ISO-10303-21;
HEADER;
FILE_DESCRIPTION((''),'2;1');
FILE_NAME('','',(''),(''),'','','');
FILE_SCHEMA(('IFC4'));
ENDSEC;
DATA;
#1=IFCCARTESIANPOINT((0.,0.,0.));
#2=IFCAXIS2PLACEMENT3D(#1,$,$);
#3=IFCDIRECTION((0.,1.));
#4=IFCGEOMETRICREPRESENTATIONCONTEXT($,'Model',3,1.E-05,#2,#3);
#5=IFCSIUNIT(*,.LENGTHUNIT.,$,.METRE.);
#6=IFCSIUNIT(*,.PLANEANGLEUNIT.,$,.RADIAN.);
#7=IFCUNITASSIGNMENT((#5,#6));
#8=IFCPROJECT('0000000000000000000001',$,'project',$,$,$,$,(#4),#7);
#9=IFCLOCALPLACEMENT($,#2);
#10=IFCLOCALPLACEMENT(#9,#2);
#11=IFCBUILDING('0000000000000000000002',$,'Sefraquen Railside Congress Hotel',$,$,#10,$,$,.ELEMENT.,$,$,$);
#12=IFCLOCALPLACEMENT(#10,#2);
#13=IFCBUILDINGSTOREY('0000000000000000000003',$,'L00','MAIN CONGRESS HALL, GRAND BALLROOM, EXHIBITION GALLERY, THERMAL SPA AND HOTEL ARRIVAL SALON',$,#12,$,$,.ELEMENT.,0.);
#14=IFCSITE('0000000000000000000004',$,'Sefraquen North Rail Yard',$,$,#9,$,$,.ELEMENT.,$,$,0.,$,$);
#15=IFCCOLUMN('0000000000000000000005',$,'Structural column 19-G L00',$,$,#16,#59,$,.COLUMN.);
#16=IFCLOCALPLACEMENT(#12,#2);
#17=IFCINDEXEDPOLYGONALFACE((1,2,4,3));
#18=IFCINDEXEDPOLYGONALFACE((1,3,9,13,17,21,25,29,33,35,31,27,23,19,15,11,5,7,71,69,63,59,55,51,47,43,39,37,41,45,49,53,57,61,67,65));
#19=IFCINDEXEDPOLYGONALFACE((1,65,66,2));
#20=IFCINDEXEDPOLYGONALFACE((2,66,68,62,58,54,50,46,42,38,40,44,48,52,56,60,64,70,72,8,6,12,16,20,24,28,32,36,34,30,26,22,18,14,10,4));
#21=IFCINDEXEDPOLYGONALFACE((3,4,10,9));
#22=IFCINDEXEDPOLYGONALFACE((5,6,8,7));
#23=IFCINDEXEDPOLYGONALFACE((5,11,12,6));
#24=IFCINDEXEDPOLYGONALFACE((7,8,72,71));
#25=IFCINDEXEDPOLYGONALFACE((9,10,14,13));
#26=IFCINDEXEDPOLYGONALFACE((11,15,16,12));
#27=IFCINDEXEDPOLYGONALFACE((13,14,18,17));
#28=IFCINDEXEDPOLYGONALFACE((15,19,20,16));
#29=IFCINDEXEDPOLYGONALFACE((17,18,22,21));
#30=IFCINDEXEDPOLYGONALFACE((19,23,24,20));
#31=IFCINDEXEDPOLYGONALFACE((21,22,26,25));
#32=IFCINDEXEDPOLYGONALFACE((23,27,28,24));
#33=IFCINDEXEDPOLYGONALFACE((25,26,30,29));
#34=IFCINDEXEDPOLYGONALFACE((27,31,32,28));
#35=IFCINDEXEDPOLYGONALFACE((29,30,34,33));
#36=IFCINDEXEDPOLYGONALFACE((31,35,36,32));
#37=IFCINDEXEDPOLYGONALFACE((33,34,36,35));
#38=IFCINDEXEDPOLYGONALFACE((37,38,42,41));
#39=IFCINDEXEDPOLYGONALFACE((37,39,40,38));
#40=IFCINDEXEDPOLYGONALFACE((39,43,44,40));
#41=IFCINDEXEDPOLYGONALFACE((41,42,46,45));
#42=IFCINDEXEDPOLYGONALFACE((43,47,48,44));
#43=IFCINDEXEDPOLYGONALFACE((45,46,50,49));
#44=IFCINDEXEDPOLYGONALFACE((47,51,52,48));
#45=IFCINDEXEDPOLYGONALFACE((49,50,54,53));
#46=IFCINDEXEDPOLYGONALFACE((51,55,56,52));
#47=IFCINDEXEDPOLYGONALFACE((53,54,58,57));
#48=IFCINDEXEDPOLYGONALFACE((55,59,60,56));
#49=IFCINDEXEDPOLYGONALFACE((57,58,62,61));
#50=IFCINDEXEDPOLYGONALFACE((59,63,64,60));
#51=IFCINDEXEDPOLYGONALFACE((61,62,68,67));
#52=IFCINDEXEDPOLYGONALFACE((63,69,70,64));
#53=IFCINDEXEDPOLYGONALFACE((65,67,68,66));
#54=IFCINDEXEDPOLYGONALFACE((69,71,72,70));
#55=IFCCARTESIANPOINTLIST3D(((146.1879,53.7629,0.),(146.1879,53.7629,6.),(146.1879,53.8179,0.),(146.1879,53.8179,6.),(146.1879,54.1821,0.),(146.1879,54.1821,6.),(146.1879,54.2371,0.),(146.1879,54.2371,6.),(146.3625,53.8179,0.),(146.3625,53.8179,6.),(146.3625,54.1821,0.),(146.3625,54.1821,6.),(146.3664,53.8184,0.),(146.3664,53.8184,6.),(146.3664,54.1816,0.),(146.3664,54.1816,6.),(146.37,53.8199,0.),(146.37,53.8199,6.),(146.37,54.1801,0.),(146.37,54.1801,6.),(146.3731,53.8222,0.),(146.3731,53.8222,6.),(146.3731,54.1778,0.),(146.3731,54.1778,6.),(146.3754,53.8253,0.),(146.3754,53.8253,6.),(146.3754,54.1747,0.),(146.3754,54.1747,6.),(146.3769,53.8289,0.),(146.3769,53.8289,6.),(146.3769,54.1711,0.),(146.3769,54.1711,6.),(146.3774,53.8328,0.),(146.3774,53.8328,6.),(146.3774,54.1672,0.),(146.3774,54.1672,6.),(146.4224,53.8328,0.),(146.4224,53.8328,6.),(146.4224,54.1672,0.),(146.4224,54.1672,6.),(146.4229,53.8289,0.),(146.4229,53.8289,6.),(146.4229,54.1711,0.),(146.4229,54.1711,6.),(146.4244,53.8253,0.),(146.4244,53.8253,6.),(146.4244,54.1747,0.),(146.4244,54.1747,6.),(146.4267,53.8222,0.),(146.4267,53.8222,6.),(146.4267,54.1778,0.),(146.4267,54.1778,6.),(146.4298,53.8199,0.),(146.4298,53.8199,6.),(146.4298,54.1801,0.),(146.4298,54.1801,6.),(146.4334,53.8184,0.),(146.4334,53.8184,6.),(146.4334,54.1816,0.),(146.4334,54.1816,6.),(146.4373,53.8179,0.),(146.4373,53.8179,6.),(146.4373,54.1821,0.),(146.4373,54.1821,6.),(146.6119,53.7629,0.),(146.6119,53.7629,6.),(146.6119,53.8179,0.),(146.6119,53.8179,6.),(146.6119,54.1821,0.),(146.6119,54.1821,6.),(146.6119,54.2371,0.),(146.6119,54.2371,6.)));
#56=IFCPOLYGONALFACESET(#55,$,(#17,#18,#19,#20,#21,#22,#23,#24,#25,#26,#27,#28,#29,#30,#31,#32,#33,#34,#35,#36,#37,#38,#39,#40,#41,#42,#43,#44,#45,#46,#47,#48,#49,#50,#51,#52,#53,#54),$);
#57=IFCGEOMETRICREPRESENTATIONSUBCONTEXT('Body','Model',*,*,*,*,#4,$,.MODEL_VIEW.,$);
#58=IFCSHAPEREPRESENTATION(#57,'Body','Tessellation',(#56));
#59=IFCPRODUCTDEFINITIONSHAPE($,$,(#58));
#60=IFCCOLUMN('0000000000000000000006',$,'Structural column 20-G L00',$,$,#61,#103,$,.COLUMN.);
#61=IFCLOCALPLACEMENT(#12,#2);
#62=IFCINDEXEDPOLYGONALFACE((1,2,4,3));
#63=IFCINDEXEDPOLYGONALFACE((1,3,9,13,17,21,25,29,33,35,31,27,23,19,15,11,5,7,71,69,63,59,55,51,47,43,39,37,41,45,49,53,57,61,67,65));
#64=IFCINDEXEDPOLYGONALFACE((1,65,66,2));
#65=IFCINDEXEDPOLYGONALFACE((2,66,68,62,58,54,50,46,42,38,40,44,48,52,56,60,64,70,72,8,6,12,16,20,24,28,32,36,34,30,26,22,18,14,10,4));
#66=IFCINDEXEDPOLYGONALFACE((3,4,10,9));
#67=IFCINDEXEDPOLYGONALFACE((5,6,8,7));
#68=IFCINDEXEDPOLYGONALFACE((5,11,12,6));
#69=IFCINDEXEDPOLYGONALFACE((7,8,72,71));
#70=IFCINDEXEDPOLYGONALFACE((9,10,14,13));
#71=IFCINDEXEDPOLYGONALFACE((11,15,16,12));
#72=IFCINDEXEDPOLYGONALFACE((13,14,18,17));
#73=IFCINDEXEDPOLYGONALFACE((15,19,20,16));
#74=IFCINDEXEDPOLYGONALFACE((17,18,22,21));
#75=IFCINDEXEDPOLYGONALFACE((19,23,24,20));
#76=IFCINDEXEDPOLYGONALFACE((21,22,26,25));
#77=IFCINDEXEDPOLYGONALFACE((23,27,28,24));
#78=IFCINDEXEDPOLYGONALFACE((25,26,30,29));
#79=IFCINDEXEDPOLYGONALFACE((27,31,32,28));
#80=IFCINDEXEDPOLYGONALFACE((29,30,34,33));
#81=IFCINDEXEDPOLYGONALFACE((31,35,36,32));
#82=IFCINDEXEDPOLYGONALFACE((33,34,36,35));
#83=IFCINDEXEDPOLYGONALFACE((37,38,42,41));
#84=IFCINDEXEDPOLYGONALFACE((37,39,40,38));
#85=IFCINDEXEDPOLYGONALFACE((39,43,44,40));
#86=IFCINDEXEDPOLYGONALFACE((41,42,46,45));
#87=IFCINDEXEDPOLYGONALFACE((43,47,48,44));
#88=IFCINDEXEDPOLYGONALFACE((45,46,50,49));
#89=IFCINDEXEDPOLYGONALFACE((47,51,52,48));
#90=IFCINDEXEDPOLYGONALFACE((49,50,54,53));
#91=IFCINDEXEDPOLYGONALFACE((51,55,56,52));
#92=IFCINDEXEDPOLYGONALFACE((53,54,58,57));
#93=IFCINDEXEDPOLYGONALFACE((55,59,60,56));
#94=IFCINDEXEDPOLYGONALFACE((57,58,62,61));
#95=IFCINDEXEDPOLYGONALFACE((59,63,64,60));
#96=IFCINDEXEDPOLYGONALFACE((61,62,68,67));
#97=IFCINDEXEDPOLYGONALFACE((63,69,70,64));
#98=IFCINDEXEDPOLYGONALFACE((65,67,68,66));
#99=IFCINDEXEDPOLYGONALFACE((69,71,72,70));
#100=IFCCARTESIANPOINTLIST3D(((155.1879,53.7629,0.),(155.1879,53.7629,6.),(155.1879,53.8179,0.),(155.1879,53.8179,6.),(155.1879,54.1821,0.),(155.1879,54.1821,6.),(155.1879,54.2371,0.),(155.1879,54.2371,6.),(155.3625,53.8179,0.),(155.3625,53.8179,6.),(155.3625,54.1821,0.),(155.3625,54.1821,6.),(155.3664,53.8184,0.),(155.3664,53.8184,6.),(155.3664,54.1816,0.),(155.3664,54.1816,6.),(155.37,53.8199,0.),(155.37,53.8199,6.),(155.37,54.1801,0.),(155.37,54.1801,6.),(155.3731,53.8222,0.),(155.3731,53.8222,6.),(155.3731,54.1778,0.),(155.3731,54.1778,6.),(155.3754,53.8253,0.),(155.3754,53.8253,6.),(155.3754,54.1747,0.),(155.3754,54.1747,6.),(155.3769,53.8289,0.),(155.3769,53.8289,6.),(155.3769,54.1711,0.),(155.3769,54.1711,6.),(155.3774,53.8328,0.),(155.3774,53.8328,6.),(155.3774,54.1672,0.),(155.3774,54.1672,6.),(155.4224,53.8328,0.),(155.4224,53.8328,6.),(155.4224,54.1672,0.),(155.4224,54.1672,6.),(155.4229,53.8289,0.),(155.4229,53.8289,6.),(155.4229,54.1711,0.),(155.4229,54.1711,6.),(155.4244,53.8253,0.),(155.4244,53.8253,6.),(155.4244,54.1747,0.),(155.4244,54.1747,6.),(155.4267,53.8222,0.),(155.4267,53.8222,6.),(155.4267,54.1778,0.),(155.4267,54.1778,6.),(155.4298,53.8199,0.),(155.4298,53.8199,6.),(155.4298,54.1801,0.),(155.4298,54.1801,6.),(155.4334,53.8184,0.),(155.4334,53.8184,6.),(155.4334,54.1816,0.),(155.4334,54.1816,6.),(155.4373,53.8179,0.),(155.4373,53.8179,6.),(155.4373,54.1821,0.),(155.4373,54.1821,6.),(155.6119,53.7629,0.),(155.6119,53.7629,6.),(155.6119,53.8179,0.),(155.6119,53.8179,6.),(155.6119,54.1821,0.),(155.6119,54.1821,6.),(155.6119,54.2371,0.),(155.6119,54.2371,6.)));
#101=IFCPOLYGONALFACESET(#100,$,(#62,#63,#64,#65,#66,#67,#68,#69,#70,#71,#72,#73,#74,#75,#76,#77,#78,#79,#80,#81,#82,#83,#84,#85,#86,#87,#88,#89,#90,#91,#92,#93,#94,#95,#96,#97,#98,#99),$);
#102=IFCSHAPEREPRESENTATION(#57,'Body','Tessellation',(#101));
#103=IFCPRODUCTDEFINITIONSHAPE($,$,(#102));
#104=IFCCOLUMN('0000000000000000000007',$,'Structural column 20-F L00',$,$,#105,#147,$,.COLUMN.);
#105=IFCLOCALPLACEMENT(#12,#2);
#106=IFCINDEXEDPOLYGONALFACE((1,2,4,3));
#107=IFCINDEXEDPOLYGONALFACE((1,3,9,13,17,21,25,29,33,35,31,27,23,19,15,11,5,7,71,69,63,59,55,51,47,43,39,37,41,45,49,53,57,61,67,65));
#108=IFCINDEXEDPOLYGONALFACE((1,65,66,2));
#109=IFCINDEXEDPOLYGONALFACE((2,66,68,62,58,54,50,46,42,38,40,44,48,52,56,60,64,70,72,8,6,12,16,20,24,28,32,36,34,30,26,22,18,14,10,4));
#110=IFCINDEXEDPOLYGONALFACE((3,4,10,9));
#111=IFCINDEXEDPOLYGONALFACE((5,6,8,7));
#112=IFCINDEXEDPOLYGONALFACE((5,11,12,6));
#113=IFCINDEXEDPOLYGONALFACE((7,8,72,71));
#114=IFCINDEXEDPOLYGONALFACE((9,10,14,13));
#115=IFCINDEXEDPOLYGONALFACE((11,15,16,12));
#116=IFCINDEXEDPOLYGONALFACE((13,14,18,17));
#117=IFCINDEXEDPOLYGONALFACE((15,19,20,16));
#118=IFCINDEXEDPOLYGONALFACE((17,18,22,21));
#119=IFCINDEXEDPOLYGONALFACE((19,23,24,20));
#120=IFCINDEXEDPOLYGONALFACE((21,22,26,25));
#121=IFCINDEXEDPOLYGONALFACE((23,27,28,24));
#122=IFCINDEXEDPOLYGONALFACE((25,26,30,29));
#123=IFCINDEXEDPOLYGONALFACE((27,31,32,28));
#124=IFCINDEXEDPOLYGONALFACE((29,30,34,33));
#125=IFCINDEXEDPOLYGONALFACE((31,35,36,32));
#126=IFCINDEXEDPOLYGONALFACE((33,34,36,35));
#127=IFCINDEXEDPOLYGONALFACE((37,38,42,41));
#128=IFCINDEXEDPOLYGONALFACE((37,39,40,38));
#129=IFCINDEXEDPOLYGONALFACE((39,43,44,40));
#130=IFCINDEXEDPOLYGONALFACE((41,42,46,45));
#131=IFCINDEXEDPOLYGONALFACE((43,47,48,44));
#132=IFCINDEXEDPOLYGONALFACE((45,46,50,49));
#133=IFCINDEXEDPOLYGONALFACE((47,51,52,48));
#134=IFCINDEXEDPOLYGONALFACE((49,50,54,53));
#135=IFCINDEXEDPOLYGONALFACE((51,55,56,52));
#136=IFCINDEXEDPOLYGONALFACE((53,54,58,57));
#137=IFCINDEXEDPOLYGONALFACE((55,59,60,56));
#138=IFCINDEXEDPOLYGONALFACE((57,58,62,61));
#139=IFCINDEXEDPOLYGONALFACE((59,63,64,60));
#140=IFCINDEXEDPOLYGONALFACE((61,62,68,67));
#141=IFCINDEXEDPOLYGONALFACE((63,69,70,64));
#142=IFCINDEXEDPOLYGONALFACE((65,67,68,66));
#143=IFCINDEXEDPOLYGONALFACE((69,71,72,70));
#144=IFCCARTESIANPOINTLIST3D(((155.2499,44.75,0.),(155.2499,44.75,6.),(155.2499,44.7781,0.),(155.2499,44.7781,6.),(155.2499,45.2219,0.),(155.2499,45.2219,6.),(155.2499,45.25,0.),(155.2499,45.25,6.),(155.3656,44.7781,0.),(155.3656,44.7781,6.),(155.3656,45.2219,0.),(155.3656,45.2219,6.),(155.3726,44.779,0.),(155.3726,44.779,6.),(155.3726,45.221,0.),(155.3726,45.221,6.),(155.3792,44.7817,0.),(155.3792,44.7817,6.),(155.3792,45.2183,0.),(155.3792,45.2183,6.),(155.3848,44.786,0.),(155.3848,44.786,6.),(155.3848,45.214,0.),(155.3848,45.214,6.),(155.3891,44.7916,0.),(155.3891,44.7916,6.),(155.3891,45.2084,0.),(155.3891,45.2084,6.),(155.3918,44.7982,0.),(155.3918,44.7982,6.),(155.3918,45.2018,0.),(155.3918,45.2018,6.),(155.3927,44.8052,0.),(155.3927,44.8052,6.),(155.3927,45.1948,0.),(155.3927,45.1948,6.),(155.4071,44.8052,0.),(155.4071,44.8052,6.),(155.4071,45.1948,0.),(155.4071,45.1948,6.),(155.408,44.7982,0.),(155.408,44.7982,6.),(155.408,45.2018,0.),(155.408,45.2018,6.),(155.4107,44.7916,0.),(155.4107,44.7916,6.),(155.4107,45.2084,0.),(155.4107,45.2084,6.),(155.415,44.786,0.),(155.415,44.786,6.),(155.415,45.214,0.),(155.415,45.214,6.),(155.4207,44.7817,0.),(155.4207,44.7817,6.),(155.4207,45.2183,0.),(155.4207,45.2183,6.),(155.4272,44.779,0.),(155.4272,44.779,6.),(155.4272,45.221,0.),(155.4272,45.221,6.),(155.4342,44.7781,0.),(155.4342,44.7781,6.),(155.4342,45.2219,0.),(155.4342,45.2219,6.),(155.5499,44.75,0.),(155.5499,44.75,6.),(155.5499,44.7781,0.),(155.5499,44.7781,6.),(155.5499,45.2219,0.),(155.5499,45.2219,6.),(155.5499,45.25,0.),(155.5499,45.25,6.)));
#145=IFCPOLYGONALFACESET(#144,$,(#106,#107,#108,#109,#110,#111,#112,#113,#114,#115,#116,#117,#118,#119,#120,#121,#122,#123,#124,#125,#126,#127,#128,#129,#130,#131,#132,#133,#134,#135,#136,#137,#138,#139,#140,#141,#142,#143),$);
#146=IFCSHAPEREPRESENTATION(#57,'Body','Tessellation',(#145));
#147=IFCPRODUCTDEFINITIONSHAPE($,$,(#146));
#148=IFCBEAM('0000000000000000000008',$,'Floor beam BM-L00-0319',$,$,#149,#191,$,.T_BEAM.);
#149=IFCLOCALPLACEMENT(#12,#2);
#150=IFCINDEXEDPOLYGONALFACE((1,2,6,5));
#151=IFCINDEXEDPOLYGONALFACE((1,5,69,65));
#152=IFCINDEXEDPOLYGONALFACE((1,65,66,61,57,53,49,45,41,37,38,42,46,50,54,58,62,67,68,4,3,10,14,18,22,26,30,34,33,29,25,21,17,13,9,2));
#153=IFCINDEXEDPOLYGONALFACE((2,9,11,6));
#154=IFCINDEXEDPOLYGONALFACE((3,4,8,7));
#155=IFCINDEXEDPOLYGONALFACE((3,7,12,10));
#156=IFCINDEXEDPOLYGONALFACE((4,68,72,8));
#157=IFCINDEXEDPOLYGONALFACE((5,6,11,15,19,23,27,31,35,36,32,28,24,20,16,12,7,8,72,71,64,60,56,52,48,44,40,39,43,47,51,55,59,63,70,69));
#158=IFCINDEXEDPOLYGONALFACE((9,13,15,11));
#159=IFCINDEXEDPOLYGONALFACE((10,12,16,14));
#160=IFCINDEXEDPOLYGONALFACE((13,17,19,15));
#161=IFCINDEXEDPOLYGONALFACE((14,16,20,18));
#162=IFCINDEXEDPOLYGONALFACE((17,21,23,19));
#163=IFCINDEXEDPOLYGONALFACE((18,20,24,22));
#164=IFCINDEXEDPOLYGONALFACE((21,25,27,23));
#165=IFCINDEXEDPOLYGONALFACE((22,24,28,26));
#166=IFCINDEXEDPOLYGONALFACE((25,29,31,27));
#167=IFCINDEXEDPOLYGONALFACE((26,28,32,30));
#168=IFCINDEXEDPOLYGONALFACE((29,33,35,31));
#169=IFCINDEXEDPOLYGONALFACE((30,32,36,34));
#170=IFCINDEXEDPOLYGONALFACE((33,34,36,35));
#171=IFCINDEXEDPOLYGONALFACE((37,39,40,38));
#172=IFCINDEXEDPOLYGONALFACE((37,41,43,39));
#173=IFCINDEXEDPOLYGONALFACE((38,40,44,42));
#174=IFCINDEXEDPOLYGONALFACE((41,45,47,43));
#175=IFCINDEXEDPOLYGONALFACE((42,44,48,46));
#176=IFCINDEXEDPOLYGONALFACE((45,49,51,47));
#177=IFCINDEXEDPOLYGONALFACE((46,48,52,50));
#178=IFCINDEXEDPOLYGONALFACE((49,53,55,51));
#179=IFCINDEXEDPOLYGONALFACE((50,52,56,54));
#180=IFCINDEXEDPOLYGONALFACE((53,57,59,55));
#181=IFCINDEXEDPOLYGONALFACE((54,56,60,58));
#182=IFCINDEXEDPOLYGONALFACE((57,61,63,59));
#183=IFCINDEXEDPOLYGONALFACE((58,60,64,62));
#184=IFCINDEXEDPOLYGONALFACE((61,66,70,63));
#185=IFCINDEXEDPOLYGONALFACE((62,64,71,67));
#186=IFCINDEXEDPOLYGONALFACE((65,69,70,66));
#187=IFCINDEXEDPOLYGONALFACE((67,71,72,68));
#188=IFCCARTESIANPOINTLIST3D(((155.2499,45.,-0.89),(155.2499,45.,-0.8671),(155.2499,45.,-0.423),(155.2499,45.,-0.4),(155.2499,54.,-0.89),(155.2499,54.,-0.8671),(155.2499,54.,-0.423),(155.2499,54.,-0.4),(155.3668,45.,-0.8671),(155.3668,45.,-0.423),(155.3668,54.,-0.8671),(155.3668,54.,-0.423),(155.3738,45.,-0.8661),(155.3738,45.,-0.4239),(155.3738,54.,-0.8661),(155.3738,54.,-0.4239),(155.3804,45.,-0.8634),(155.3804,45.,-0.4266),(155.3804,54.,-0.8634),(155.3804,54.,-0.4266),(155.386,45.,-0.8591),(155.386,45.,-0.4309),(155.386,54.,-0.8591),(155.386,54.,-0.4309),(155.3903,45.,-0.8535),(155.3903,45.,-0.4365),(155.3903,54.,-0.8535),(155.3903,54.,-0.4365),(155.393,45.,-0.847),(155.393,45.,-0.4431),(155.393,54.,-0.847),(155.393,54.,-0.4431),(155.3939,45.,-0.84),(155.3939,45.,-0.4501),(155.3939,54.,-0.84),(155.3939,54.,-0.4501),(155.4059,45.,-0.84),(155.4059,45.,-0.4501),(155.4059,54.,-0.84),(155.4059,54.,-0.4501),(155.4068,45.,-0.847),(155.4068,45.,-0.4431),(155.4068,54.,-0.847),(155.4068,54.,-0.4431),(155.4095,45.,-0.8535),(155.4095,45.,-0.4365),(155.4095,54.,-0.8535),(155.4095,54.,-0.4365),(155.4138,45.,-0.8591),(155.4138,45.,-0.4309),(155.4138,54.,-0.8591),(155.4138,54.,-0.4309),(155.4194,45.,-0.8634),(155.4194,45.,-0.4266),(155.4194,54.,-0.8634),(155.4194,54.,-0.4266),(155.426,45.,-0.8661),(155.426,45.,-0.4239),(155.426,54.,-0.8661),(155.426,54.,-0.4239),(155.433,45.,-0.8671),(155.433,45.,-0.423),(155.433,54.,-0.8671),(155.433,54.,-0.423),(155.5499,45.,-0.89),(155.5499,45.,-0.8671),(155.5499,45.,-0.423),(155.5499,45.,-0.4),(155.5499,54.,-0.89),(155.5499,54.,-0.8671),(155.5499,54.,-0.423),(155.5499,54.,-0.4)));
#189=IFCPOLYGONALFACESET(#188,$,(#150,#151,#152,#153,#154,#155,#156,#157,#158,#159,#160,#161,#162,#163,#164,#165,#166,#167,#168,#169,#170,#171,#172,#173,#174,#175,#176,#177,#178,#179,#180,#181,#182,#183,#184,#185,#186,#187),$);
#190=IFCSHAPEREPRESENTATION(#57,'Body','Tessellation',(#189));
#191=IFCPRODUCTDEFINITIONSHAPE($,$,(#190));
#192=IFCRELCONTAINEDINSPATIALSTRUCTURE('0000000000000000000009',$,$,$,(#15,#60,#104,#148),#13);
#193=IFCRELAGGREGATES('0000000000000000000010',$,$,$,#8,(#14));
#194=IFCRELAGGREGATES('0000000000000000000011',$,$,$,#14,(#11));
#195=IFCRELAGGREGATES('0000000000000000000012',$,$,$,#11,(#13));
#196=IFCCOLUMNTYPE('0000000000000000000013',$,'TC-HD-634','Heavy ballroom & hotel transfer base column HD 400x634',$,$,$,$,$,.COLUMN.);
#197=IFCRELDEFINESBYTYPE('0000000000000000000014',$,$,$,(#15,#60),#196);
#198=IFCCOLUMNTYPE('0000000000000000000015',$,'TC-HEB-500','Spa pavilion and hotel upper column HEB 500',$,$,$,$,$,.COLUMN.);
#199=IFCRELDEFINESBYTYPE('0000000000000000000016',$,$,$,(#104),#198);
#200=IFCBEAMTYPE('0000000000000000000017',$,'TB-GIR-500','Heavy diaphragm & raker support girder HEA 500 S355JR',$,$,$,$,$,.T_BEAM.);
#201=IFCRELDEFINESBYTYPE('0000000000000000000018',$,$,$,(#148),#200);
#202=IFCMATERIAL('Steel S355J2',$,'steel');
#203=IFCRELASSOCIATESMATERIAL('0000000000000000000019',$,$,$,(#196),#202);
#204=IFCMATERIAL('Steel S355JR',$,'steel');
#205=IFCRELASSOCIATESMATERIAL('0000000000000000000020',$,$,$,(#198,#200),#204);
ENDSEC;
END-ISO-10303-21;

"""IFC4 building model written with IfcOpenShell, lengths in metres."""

from ifc_helpers import new_model, si_unit, direction, frame, origin, origin_2d, place, context, subcontext, project, spatial, i_section, extrude, material, material_profile, profile_set, type_object, element, save


model = new_model("IFC4")

# Units and contexts
model_context = context("Model", 3, precision=1e-05, world=origin(), true_north=direction((0.0, 1.0)))
body_context = subcontext(model_context, "Body", "Model", "MODEL_VIEW")
ifc_project = project(units=[si_unit("LENGTHUNIT", "METRE"), si_unit("PLANEANGLEUNIT", "RADIAN")], contexts=[model_context])

# Site, building, storey
site_placement = place(None, origin())
site = spatial("IfcSite", under=ifc_project, at=site_placement, Name="Sefraquen North Rail Yard", CompositionType="ELEMENT", RefElevation=0.0)
building_placement = place(site_placement, origin())
building = spatial("IfcBuilding", under=site, at=building_placement, Name="Sefraquen Railside Congress Hotel", CompositionType="ELEMENT")
storey_placement = place(building_placement, origin())
storey = spatial("IfcBuildingStorey", under=building, at=storey_placement, Name="L00", Description="MAIN CONGRESS HALL, GRAND BALLROOM, EXHIBITION GALLERY, THERMAL SPA AND HOTEL ARRIVAL SALON", CompositionType="ELEMENT", Elevation=0.0)

# Columns
ifc_material_1 = material(Name="Steel S355J2", Category="steel")
ifc_material_profile_1 = material_profile(ifc_material_1, i_section(OverallWidth=0.4241, OverallDepth=0.4741, WebThickness=0.0449, FlangeThickness=0.0549, FilletRadius=0.0149, at=origin_2d()), Name="HD 400x634")
ifc_profile_set_1 = profile_set([ifc_material_profile_1], Name="Steel S355J2")
column_type_1 = type_object("IfcColumnType", Name="TC-HD-634", Description="Heavy ballroom & hotel transfer base column HD 400x634", PredefinedType="COLUMN", material=ifc_profile_set_1)
for number, where, z_axis, x_axis, name in (
    (1, (146.3999, 54.0, 0.0), (0.0, 0.0, 1.0), (1.0, 0.0, 0.0), "Structural column 19-G L00"),
    (2, (155.3999, 54.0, 0.0), (0.0, 0.0, 1.0), (1.0, 0.0, 0.0), "Structural column 20-G L00"),
):
    element("IfcColumn", number, at=place(storey_placement, frame(where, z_axis=z_axis, x_axis=x_axis)), inside=storey, type_object=column_type_1, Name=name, PredefinedType="COLUMN", context=body_context, shape_type="SweptSolid", body=[
        extrude(i_section(OverallWidth=0.4241, OverallDepth=0.4741, WebThickness=0.0449, FlangeThickness=0.0549, FilletRadius=0.0149, at=origin_2d()), origin(), (0.0, 0.0, 1.0), 6.0),
    ])
ifc_material_2 = material(Name="Steel S355JR", Category="steel")
ifc_material_profile_2 = material_profile(ifc_material_2, i_section(OverallWidth=0.3, OverallDepth=0.5, WebThickness=0.0144, FlangeThickness=0.0281, FilletRadius=0.0271, at=origin_2d()), Name="HEB 500")
ifc_profile_set_2 = profile_set([ifc_material_profile_2], Name="Steel S355JR")
column_type_2 = type_object("IfcColumnType", Name="TC-HEB-500", Description="Spa pavilion and hotel upper column HEB 500", PredefinedType="COLUMN", material=ifc_profile_set_2)
column_placement = place(storey_placement, frame((155.3999, 45.0, 0.0), z_axis=(0.0, 0.0, 1.0), x_axis=(1.0, 0.0, 0.0)))
element("IfcColumn", 3, at=column_placement, inside=storey, type_object=column_type_2, Name="Structural column 20-F L00", PredefinedType="COLUMN", context=body_context, shape_type="SweptSolid", body=[
    extrude(i_section(OverallWidth=0.3, OverallDepth=0.5, WebThickness=0.0144, FlangeThickness=0.0281, FilletRadius=0.0271, at=origin_2d()), origin(), (0.0, 0.0, 1.0), 6.0),
])

# Beam
ifc_material_profile_3 = material_profile(ifc_material_2, i_section(OverallWidth=0.3, OverallDepth=0.49, WebThickness=0.012, FlangeThickness=0.0229, FilletRadius=0.0271, at=origin_2d()), Name="HEA 500")
ifc_profile_set_3 = profile_set([ifc_material_profile_3], Name="Steel S355JR")
beam_type_1 = type_object("IfcBeamType", Name="TB-GIR-500", Description="Heavy diaphragm & raker support girder HEA 500 S355JR", PredefinedType="T_BEAM", material=ifc_profile_set_3)
beam_placement = place(storey_placement, frame((155.3999, 45.0, -0.645), z_axis=(0.0, 1.0, 0.0), x_axis=(-1.0, 0.0, 0.0)))
element("IfcBeam", 4, at=beam_placement, inside=storey, type_object=beam_type_1, Name="Floor beam BM-L00-0319", PredefinedType="T_BEAM", context=body_context, shape_type="SweptSolid", body=[
    extrude(i_section(OverallWidth=0.3, OverallDepth=0.49, WebThickness=0.012, FlangeThickness=0.0229, FilletRadius=0.0271, at=origin_2d()), origin(), (0.0, 0.0, 1.0), 9.0),
])

save(model, "model.ifc")
